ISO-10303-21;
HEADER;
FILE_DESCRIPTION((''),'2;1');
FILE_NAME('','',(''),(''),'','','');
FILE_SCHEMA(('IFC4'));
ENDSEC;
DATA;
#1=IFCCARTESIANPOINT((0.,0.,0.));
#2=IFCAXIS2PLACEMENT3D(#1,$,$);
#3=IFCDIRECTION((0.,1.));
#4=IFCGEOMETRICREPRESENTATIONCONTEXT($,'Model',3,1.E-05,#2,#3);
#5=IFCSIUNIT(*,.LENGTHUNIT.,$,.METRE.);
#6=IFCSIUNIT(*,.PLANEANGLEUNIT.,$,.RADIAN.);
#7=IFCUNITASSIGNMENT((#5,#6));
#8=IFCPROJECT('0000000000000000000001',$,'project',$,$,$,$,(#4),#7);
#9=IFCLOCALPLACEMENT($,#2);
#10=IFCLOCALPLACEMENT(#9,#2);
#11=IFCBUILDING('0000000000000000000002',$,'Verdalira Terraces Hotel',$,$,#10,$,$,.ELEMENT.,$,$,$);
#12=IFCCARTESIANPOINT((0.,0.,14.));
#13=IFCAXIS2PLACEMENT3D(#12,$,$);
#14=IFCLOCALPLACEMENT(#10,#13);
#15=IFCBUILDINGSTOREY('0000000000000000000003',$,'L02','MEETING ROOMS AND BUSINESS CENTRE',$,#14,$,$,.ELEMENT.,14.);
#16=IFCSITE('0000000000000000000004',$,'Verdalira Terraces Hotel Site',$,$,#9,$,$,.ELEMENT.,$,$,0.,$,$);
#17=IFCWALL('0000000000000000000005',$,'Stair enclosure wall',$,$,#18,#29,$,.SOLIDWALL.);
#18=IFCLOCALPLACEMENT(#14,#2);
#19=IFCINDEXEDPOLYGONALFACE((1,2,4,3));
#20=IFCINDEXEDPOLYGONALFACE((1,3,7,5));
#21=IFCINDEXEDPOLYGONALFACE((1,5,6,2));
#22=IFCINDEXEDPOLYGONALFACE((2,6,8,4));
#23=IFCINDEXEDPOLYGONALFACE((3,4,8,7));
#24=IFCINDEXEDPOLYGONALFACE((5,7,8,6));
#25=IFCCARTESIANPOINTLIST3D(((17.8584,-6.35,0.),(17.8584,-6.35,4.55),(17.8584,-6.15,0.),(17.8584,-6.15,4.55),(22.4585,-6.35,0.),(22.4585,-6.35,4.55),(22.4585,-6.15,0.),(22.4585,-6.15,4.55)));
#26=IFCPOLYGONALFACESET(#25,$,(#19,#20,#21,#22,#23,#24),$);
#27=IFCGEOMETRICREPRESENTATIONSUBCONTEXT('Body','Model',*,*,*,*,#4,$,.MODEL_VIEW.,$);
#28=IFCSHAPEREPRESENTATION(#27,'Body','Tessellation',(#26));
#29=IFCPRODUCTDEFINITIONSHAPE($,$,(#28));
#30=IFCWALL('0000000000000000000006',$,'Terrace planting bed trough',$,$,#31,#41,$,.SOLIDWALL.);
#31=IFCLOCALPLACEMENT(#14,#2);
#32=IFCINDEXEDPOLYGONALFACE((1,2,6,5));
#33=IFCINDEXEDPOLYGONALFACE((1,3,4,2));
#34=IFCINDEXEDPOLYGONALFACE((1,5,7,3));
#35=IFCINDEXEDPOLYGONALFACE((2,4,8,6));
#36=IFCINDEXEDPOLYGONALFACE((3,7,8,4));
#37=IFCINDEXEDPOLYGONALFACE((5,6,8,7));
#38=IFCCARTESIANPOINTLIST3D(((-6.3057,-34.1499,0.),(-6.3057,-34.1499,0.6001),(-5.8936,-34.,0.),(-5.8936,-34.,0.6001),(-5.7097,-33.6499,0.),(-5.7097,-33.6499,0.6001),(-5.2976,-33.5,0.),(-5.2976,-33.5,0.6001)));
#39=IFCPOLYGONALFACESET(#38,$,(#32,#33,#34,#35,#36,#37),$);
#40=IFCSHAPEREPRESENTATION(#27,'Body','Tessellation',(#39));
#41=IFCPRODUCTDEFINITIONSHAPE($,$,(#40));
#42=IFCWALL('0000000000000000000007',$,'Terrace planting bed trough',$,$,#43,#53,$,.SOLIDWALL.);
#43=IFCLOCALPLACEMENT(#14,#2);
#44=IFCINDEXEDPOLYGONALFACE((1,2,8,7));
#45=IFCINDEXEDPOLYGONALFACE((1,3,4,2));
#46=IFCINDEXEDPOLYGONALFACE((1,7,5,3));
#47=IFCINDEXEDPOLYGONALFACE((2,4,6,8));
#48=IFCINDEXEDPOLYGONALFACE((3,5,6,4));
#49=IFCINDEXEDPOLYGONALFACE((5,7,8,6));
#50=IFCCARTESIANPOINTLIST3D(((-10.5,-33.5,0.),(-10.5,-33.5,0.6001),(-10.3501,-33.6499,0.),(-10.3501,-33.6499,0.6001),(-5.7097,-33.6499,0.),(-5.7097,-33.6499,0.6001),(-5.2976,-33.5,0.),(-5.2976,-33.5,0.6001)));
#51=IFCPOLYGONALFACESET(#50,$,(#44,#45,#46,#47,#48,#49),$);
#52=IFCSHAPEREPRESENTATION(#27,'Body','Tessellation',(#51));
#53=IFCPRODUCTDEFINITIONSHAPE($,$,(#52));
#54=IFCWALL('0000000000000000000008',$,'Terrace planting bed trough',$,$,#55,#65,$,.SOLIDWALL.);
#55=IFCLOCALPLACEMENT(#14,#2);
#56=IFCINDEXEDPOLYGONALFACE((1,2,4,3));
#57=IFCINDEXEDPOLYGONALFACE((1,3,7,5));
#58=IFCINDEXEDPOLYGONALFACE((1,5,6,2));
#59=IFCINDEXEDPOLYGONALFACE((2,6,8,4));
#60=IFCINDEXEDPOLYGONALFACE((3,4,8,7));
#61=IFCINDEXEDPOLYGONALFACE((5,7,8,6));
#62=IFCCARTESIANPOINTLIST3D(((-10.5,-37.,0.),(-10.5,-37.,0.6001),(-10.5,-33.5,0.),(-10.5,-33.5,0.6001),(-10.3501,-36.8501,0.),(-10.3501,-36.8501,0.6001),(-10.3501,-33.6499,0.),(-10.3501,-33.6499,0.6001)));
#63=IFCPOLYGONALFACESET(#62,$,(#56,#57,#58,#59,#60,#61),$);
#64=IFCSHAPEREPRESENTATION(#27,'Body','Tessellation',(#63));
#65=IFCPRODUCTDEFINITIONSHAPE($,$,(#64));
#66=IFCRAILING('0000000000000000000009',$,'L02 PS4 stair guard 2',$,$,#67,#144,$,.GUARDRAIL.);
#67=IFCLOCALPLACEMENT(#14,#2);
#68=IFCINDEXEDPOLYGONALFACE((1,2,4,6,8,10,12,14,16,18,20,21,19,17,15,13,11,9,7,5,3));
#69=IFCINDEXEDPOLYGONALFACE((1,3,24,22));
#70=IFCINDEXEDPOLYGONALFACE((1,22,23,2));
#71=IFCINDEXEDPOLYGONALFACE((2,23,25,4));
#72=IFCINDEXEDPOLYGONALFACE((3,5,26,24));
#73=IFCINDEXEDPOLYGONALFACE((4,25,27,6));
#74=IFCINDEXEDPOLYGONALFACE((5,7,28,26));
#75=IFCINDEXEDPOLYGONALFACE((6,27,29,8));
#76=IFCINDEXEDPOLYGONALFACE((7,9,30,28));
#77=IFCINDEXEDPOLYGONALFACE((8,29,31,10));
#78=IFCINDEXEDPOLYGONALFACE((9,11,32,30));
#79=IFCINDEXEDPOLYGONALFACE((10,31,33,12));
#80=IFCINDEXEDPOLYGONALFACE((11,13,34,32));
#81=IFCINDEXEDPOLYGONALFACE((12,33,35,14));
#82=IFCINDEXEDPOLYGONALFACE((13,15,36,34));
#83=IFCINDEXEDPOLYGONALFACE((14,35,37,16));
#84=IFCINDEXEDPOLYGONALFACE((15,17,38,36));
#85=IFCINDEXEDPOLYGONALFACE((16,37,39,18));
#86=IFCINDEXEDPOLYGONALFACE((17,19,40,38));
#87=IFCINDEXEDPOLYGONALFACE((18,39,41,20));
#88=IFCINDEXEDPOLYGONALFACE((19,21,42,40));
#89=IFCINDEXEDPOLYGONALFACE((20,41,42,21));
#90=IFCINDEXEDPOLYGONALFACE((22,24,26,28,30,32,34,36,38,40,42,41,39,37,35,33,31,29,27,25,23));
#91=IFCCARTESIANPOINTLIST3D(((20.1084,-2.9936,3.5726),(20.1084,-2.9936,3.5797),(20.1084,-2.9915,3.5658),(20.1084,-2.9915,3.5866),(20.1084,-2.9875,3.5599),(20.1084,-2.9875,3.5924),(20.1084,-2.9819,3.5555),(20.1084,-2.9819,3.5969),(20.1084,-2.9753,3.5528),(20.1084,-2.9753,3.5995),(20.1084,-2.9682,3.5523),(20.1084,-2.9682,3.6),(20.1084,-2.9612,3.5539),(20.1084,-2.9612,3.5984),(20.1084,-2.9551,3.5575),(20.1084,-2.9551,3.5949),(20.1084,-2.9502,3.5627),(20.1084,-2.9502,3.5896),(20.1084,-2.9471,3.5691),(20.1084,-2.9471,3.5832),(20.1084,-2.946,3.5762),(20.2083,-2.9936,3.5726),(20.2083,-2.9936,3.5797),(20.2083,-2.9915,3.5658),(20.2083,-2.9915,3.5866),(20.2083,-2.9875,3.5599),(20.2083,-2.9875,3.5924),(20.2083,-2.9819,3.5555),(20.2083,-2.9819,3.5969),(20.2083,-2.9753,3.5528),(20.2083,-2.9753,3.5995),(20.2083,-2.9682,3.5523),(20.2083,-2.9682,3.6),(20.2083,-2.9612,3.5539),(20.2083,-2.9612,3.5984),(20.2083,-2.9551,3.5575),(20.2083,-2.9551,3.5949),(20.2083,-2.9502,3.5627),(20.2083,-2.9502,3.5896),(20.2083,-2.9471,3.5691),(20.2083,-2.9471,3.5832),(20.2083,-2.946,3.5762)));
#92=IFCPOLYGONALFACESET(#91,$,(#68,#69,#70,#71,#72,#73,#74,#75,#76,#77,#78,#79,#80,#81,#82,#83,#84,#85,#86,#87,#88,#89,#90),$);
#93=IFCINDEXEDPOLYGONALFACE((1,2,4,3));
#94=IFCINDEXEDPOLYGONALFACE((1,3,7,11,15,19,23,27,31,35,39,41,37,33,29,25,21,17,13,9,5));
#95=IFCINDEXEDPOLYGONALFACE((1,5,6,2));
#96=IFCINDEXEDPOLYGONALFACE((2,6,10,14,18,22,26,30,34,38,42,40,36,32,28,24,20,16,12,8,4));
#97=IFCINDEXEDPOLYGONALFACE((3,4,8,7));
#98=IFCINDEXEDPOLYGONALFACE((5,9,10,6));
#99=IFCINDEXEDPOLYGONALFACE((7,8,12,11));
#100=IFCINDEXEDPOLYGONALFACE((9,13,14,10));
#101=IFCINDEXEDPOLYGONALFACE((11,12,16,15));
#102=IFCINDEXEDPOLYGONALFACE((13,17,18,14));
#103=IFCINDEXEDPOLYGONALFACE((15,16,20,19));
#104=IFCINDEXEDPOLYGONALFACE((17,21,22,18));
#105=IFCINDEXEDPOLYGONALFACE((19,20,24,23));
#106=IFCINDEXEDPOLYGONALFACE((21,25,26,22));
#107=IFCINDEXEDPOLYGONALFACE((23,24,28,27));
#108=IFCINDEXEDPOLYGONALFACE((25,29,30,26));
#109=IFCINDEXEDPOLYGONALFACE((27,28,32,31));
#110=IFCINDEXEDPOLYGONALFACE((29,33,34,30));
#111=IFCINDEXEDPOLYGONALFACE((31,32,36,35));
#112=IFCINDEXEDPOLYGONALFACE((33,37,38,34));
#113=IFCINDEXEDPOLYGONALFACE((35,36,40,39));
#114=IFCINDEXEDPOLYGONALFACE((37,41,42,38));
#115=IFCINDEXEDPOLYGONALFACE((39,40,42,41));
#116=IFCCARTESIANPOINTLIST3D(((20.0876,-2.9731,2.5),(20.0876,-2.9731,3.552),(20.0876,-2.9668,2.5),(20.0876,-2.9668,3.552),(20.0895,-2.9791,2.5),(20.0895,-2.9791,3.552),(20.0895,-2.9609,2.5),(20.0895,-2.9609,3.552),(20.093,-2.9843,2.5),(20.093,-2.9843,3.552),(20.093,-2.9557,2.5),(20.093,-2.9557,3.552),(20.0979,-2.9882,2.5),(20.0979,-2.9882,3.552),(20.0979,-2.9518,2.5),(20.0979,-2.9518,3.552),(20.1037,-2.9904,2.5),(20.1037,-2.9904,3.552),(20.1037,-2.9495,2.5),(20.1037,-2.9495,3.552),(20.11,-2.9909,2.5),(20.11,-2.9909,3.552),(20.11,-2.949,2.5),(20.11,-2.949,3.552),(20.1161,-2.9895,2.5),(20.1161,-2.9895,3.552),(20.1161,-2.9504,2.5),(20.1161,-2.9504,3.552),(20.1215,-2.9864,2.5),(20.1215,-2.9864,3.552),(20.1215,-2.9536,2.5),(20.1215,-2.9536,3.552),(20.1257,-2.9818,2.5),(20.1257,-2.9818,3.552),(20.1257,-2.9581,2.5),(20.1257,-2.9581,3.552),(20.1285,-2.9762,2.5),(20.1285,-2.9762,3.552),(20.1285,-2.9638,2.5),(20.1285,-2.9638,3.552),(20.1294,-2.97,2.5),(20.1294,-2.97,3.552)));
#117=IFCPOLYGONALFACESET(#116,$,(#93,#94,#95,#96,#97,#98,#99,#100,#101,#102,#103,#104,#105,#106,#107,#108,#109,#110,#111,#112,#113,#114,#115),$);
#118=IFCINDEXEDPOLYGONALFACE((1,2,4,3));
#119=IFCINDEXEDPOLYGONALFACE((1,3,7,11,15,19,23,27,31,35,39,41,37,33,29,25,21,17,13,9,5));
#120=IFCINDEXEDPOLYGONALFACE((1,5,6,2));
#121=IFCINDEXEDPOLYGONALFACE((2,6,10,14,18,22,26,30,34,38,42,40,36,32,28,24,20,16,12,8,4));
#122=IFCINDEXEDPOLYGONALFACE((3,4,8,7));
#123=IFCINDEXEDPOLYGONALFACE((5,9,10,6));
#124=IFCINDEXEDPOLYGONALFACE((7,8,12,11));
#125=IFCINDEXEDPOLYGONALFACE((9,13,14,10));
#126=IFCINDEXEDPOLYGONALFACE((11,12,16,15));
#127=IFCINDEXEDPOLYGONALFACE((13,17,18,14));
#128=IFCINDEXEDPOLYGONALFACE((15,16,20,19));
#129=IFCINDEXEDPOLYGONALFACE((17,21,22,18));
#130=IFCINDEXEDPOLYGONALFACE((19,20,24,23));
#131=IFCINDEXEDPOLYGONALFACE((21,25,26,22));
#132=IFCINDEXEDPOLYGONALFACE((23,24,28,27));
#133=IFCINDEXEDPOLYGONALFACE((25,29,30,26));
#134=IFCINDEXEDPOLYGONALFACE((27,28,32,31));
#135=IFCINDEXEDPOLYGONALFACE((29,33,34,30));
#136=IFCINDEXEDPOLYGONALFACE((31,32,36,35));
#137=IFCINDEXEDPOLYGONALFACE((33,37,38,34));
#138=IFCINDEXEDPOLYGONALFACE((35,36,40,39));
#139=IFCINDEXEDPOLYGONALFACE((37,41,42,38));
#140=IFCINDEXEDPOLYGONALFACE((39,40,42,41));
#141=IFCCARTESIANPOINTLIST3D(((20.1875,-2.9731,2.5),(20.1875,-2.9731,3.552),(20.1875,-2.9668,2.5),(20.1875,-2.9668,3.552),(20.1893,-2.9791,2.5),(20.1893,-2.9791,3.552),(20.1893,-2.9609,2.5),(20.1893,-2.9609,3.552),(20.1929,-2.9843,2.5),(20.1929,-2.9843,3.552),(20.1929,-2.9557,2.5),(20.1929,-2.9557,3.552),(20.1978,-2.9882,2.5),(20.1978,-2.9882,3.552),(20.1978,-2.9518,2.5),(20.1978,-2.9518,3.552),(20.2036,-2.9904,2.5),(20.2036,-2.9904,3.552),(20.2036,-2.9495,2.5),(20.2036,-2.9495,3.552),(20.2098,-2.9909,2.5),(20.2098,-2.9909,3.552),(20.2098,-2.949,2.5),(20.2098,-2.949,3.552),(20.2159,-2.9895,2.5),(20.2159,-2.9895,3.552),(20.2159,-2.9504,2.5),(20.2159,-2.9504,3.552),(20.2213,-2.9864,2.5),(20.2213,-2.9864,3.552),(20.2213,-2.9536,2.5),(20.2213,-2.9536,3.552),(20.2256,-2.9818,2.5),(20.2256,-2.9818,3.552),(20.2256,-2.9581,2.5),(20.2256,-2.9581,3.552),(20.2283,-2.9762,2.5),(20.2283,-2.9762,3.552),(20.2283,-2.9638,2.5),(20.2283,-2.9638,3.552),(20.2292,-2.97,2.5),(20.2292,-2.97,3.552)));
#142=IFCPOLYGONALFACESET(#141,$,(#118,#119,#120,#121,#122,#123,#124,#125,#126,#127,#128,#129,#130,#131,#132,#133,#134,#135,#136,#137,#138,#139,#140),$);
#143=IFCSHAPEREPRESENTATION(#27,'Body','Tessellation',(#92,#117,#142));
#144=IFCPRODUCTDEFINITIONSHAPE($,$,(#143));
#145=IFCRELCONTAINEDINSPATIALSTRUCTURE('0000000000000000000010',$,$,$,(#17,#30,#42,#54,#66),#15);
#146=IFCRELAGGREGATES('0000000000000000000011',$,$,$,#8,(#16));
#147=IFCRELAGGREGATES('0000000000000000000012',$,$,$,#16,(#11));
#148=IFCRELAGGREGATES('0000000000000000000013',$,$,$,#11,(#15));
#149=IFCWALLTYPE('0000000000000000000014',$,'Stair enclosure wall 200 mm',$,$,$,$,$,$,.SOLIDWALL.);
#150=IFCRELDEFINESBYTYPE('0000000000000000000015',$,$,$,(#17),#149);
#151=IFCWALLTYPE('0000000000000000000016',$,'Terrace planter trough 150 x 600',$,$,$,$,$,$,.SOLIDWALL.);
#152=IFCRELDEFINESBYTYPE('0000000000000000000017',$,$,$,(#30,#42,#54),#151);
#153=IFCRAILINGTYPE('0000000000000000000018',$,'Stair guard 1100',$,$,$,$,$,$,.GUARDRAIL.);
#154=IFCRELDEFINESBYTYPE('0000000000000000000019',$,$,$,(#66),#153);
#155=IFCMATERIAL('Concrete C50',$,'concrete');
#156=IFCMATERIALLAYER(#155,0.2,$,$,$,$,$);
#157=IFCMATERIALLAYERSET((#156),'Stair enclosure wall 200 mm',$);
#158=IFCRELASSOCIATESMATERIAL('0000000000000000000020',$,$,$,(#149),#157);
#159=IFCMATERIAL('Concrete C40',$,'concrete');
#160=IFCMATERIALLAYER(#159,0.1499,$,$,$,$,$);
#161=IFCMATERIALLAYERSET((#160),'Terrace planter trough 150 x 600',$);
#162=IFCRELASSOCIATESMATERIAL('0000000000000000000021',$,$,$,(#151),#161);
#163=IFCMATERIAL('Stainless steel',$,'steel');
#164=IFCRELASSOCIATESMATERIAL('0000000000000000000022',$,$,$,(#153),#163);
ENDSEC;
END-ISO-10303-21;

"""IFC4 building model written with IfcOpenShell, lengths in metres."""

from ifc_helpers import new_model, si_unit, direction, frame, frame_2d, origin, origin_2d, place, context, subcontext, project, spatial, polyline, rectangle, circle, outline, extrude, material, layer, layer_set, type_object, element, save


model = new_model("IFC4")

# Units and contexts
model_context = context("Model", 3, precision=1e-05, world=origin(), true_north=direction((0.0, 1.0)))
body_context = subcontext(model_context, "Body", "Model", "MODEL_VIEW")
ifc_project = project(units=[si_unit("LENGTHUNIT", "METRE"), si_unit("PLANEANGLEUNIT", "RADIAN")], contexts=[model_context])

# Site, building, storey
site_placement = place(None, origin())
site = spatial("IfcSite", under=ifc_project, at=site_placement, Name="Verdalira Terraces Hotel Site", CompositionType="ELEMENT", RefElevation=0.0)
building_placement = place(site_placement, origin())
building = spatial("IfcBuilding", under=site, at=building_placement, Name="Verdalira Terraces Hotel", CompositionType="ELEMENT")
storey_placement = place(building_placement, frame((0.0, 0.0, 14.0)))
storey = spatial("IfcBuildingStorey", under=building, at=storey_placement, Name="L02", Description="MEETING ROOMS AND BUSINESS CENTRE", CompositionType="ELEMENT", Elevation=14.0)

# Walls
ifc_material_1 = material(Name="Concrete C50", Category="concrete")
ifc_layer_1 = layer(ifc_material_1, 0.2)
ifc_layer_set_1 = layer_set([ifc_layer_1], Name="Stair enclosure wall 200 mm")
wall_type_1 = type_object("IfcWallType", Name="Stair enclosure wall 200 mm", PredefinedType="SOLIDWALL", material=ifc_layer_set_1)
wall_1_placement = place(storey_placement, frame((17.8584, -6.25, 0.0), z_axis=(0.0, 0.0, 1.0), x_axis=(1.0, 0.0, 0.0)))
element("IfcWall", 1, at=wall_1_placement, inside=storey, type_object=wall_type_1, Name="Stair enclosure wall", PredefinedType="SOLIDWALL", context=body_context, shape_type="SweptSolid", body=[
    extrude(rectangle(XDim=4.6001, YDim=0.2, at=frame_2d((2.3, 0.0))), origin(), (0.0, 0.0, 1.0), 4.55),
])
ifc_material_2 = material(Name="Concrete C40", Category="concrete")
ifc_layer_2 = layer(ifc_material_2, 0.1499)
ifc_layer_set_2 = layer_set([ifc_layer_2], Name="Terrace planter trough 150 x 600")
wall_type_2 = type_object("IfcWallType", Name="Terrace planter trough 150 x 600", PredefinedType="SOLIDWALL", material=ifc_layer_set_2)
wall_2_placement = place(storey_placement, origin())
element("IfcWall", 2, at=wall_2_placement, inside=storey, type_object=wall_type_2, Name="Terrace planting bed trough", PredefinedType="SOLIDWALL", context=body_context, shape_type="SweptSolid", body=[
    extrude(outline(polyline([(-5.8936, -34.0), (-5.2976, -33.5), (-5.7097, -33.6499), (-6.3057, -34.1499), (-5.8936, -34.0)])), origin(), (0.0, 0.0, 1.0), 0.6001),
])
wall_3_placement = place(storey_placement, origin())
element("IfcWall", 3, at=wall_3_placement, inside=storey, type_object=wall_type_2, Name="Terrace planting bed trough", PredefinedType="SOLIDWALL", context=body_context, shape_type="SweptSolid", body=[
    extrude(outline(polyline([(-5.2976, -33.5), (-10.5, -33.5), (-10.3501, -33.6499), (-5.7097, -33.6499), (-5.2976, -33.5)])), origin(), (0.0, 0.0, 1.0), 0.6001),
])
wall_4_placement = place(storey_placement, origin())
element("IfcWall", 4, at=wall_4_placement, inside=storey, type_object=wall_type_2, Name="Terrace planting bed trough", PredefinedType="SOLIDWALL", context=body_context, shape_type="SweptSolid", body=[
    extrude(outline(polyline([(-10.5, -33.5), (-10.5, -37.0), (-10.3501, -36.8501), (-10.3501, -33.6499), (-10.5, -33.5)])), origin(), (0.0, 0.0, 1.0), 0.6001),
])

# Railing
ifc_material_3 = material(Name="Stainless steel", Category="steel")
railing_type_1 = type_object("IfcRailingType", Name="Stair guard 1100", PredefinedType="GUARDRAIL", material=ifc_material_3)
railing_1_placement = place(storey_placement, frame((20.1084, -2.97, 2.5)))
element("IfcRailing", 5, at=railing_1_placement, inside=storey, type_object=railing_type_1, Name="L02 PS4 stair guard 2", PredefinedType="GUARDRAIL", context=body_context, shape_type="SweptSolid", body=[
    extrude(circle(Radius=0.0239, at=origin_2d()), frame((0.0, 0.0, 1.0762), z_axis=(1.0, 0.0, 0.0), x_axis=(0.0, 1.0, 0.0)), (0.0, 0.0, 1.0), 0.0999),
    extrude(circle(Radius=0.021, at=origin_2d()), origin(), (0.0, 0.0, 1.0), 1.052),
    extrude(circle(Radius=0.021, at=origin_2d()), frame((0.0999, 0.0, 0.0)), (0.0, 0.0, 1.0), 1.052),
])

save(model, "model.ifc")
